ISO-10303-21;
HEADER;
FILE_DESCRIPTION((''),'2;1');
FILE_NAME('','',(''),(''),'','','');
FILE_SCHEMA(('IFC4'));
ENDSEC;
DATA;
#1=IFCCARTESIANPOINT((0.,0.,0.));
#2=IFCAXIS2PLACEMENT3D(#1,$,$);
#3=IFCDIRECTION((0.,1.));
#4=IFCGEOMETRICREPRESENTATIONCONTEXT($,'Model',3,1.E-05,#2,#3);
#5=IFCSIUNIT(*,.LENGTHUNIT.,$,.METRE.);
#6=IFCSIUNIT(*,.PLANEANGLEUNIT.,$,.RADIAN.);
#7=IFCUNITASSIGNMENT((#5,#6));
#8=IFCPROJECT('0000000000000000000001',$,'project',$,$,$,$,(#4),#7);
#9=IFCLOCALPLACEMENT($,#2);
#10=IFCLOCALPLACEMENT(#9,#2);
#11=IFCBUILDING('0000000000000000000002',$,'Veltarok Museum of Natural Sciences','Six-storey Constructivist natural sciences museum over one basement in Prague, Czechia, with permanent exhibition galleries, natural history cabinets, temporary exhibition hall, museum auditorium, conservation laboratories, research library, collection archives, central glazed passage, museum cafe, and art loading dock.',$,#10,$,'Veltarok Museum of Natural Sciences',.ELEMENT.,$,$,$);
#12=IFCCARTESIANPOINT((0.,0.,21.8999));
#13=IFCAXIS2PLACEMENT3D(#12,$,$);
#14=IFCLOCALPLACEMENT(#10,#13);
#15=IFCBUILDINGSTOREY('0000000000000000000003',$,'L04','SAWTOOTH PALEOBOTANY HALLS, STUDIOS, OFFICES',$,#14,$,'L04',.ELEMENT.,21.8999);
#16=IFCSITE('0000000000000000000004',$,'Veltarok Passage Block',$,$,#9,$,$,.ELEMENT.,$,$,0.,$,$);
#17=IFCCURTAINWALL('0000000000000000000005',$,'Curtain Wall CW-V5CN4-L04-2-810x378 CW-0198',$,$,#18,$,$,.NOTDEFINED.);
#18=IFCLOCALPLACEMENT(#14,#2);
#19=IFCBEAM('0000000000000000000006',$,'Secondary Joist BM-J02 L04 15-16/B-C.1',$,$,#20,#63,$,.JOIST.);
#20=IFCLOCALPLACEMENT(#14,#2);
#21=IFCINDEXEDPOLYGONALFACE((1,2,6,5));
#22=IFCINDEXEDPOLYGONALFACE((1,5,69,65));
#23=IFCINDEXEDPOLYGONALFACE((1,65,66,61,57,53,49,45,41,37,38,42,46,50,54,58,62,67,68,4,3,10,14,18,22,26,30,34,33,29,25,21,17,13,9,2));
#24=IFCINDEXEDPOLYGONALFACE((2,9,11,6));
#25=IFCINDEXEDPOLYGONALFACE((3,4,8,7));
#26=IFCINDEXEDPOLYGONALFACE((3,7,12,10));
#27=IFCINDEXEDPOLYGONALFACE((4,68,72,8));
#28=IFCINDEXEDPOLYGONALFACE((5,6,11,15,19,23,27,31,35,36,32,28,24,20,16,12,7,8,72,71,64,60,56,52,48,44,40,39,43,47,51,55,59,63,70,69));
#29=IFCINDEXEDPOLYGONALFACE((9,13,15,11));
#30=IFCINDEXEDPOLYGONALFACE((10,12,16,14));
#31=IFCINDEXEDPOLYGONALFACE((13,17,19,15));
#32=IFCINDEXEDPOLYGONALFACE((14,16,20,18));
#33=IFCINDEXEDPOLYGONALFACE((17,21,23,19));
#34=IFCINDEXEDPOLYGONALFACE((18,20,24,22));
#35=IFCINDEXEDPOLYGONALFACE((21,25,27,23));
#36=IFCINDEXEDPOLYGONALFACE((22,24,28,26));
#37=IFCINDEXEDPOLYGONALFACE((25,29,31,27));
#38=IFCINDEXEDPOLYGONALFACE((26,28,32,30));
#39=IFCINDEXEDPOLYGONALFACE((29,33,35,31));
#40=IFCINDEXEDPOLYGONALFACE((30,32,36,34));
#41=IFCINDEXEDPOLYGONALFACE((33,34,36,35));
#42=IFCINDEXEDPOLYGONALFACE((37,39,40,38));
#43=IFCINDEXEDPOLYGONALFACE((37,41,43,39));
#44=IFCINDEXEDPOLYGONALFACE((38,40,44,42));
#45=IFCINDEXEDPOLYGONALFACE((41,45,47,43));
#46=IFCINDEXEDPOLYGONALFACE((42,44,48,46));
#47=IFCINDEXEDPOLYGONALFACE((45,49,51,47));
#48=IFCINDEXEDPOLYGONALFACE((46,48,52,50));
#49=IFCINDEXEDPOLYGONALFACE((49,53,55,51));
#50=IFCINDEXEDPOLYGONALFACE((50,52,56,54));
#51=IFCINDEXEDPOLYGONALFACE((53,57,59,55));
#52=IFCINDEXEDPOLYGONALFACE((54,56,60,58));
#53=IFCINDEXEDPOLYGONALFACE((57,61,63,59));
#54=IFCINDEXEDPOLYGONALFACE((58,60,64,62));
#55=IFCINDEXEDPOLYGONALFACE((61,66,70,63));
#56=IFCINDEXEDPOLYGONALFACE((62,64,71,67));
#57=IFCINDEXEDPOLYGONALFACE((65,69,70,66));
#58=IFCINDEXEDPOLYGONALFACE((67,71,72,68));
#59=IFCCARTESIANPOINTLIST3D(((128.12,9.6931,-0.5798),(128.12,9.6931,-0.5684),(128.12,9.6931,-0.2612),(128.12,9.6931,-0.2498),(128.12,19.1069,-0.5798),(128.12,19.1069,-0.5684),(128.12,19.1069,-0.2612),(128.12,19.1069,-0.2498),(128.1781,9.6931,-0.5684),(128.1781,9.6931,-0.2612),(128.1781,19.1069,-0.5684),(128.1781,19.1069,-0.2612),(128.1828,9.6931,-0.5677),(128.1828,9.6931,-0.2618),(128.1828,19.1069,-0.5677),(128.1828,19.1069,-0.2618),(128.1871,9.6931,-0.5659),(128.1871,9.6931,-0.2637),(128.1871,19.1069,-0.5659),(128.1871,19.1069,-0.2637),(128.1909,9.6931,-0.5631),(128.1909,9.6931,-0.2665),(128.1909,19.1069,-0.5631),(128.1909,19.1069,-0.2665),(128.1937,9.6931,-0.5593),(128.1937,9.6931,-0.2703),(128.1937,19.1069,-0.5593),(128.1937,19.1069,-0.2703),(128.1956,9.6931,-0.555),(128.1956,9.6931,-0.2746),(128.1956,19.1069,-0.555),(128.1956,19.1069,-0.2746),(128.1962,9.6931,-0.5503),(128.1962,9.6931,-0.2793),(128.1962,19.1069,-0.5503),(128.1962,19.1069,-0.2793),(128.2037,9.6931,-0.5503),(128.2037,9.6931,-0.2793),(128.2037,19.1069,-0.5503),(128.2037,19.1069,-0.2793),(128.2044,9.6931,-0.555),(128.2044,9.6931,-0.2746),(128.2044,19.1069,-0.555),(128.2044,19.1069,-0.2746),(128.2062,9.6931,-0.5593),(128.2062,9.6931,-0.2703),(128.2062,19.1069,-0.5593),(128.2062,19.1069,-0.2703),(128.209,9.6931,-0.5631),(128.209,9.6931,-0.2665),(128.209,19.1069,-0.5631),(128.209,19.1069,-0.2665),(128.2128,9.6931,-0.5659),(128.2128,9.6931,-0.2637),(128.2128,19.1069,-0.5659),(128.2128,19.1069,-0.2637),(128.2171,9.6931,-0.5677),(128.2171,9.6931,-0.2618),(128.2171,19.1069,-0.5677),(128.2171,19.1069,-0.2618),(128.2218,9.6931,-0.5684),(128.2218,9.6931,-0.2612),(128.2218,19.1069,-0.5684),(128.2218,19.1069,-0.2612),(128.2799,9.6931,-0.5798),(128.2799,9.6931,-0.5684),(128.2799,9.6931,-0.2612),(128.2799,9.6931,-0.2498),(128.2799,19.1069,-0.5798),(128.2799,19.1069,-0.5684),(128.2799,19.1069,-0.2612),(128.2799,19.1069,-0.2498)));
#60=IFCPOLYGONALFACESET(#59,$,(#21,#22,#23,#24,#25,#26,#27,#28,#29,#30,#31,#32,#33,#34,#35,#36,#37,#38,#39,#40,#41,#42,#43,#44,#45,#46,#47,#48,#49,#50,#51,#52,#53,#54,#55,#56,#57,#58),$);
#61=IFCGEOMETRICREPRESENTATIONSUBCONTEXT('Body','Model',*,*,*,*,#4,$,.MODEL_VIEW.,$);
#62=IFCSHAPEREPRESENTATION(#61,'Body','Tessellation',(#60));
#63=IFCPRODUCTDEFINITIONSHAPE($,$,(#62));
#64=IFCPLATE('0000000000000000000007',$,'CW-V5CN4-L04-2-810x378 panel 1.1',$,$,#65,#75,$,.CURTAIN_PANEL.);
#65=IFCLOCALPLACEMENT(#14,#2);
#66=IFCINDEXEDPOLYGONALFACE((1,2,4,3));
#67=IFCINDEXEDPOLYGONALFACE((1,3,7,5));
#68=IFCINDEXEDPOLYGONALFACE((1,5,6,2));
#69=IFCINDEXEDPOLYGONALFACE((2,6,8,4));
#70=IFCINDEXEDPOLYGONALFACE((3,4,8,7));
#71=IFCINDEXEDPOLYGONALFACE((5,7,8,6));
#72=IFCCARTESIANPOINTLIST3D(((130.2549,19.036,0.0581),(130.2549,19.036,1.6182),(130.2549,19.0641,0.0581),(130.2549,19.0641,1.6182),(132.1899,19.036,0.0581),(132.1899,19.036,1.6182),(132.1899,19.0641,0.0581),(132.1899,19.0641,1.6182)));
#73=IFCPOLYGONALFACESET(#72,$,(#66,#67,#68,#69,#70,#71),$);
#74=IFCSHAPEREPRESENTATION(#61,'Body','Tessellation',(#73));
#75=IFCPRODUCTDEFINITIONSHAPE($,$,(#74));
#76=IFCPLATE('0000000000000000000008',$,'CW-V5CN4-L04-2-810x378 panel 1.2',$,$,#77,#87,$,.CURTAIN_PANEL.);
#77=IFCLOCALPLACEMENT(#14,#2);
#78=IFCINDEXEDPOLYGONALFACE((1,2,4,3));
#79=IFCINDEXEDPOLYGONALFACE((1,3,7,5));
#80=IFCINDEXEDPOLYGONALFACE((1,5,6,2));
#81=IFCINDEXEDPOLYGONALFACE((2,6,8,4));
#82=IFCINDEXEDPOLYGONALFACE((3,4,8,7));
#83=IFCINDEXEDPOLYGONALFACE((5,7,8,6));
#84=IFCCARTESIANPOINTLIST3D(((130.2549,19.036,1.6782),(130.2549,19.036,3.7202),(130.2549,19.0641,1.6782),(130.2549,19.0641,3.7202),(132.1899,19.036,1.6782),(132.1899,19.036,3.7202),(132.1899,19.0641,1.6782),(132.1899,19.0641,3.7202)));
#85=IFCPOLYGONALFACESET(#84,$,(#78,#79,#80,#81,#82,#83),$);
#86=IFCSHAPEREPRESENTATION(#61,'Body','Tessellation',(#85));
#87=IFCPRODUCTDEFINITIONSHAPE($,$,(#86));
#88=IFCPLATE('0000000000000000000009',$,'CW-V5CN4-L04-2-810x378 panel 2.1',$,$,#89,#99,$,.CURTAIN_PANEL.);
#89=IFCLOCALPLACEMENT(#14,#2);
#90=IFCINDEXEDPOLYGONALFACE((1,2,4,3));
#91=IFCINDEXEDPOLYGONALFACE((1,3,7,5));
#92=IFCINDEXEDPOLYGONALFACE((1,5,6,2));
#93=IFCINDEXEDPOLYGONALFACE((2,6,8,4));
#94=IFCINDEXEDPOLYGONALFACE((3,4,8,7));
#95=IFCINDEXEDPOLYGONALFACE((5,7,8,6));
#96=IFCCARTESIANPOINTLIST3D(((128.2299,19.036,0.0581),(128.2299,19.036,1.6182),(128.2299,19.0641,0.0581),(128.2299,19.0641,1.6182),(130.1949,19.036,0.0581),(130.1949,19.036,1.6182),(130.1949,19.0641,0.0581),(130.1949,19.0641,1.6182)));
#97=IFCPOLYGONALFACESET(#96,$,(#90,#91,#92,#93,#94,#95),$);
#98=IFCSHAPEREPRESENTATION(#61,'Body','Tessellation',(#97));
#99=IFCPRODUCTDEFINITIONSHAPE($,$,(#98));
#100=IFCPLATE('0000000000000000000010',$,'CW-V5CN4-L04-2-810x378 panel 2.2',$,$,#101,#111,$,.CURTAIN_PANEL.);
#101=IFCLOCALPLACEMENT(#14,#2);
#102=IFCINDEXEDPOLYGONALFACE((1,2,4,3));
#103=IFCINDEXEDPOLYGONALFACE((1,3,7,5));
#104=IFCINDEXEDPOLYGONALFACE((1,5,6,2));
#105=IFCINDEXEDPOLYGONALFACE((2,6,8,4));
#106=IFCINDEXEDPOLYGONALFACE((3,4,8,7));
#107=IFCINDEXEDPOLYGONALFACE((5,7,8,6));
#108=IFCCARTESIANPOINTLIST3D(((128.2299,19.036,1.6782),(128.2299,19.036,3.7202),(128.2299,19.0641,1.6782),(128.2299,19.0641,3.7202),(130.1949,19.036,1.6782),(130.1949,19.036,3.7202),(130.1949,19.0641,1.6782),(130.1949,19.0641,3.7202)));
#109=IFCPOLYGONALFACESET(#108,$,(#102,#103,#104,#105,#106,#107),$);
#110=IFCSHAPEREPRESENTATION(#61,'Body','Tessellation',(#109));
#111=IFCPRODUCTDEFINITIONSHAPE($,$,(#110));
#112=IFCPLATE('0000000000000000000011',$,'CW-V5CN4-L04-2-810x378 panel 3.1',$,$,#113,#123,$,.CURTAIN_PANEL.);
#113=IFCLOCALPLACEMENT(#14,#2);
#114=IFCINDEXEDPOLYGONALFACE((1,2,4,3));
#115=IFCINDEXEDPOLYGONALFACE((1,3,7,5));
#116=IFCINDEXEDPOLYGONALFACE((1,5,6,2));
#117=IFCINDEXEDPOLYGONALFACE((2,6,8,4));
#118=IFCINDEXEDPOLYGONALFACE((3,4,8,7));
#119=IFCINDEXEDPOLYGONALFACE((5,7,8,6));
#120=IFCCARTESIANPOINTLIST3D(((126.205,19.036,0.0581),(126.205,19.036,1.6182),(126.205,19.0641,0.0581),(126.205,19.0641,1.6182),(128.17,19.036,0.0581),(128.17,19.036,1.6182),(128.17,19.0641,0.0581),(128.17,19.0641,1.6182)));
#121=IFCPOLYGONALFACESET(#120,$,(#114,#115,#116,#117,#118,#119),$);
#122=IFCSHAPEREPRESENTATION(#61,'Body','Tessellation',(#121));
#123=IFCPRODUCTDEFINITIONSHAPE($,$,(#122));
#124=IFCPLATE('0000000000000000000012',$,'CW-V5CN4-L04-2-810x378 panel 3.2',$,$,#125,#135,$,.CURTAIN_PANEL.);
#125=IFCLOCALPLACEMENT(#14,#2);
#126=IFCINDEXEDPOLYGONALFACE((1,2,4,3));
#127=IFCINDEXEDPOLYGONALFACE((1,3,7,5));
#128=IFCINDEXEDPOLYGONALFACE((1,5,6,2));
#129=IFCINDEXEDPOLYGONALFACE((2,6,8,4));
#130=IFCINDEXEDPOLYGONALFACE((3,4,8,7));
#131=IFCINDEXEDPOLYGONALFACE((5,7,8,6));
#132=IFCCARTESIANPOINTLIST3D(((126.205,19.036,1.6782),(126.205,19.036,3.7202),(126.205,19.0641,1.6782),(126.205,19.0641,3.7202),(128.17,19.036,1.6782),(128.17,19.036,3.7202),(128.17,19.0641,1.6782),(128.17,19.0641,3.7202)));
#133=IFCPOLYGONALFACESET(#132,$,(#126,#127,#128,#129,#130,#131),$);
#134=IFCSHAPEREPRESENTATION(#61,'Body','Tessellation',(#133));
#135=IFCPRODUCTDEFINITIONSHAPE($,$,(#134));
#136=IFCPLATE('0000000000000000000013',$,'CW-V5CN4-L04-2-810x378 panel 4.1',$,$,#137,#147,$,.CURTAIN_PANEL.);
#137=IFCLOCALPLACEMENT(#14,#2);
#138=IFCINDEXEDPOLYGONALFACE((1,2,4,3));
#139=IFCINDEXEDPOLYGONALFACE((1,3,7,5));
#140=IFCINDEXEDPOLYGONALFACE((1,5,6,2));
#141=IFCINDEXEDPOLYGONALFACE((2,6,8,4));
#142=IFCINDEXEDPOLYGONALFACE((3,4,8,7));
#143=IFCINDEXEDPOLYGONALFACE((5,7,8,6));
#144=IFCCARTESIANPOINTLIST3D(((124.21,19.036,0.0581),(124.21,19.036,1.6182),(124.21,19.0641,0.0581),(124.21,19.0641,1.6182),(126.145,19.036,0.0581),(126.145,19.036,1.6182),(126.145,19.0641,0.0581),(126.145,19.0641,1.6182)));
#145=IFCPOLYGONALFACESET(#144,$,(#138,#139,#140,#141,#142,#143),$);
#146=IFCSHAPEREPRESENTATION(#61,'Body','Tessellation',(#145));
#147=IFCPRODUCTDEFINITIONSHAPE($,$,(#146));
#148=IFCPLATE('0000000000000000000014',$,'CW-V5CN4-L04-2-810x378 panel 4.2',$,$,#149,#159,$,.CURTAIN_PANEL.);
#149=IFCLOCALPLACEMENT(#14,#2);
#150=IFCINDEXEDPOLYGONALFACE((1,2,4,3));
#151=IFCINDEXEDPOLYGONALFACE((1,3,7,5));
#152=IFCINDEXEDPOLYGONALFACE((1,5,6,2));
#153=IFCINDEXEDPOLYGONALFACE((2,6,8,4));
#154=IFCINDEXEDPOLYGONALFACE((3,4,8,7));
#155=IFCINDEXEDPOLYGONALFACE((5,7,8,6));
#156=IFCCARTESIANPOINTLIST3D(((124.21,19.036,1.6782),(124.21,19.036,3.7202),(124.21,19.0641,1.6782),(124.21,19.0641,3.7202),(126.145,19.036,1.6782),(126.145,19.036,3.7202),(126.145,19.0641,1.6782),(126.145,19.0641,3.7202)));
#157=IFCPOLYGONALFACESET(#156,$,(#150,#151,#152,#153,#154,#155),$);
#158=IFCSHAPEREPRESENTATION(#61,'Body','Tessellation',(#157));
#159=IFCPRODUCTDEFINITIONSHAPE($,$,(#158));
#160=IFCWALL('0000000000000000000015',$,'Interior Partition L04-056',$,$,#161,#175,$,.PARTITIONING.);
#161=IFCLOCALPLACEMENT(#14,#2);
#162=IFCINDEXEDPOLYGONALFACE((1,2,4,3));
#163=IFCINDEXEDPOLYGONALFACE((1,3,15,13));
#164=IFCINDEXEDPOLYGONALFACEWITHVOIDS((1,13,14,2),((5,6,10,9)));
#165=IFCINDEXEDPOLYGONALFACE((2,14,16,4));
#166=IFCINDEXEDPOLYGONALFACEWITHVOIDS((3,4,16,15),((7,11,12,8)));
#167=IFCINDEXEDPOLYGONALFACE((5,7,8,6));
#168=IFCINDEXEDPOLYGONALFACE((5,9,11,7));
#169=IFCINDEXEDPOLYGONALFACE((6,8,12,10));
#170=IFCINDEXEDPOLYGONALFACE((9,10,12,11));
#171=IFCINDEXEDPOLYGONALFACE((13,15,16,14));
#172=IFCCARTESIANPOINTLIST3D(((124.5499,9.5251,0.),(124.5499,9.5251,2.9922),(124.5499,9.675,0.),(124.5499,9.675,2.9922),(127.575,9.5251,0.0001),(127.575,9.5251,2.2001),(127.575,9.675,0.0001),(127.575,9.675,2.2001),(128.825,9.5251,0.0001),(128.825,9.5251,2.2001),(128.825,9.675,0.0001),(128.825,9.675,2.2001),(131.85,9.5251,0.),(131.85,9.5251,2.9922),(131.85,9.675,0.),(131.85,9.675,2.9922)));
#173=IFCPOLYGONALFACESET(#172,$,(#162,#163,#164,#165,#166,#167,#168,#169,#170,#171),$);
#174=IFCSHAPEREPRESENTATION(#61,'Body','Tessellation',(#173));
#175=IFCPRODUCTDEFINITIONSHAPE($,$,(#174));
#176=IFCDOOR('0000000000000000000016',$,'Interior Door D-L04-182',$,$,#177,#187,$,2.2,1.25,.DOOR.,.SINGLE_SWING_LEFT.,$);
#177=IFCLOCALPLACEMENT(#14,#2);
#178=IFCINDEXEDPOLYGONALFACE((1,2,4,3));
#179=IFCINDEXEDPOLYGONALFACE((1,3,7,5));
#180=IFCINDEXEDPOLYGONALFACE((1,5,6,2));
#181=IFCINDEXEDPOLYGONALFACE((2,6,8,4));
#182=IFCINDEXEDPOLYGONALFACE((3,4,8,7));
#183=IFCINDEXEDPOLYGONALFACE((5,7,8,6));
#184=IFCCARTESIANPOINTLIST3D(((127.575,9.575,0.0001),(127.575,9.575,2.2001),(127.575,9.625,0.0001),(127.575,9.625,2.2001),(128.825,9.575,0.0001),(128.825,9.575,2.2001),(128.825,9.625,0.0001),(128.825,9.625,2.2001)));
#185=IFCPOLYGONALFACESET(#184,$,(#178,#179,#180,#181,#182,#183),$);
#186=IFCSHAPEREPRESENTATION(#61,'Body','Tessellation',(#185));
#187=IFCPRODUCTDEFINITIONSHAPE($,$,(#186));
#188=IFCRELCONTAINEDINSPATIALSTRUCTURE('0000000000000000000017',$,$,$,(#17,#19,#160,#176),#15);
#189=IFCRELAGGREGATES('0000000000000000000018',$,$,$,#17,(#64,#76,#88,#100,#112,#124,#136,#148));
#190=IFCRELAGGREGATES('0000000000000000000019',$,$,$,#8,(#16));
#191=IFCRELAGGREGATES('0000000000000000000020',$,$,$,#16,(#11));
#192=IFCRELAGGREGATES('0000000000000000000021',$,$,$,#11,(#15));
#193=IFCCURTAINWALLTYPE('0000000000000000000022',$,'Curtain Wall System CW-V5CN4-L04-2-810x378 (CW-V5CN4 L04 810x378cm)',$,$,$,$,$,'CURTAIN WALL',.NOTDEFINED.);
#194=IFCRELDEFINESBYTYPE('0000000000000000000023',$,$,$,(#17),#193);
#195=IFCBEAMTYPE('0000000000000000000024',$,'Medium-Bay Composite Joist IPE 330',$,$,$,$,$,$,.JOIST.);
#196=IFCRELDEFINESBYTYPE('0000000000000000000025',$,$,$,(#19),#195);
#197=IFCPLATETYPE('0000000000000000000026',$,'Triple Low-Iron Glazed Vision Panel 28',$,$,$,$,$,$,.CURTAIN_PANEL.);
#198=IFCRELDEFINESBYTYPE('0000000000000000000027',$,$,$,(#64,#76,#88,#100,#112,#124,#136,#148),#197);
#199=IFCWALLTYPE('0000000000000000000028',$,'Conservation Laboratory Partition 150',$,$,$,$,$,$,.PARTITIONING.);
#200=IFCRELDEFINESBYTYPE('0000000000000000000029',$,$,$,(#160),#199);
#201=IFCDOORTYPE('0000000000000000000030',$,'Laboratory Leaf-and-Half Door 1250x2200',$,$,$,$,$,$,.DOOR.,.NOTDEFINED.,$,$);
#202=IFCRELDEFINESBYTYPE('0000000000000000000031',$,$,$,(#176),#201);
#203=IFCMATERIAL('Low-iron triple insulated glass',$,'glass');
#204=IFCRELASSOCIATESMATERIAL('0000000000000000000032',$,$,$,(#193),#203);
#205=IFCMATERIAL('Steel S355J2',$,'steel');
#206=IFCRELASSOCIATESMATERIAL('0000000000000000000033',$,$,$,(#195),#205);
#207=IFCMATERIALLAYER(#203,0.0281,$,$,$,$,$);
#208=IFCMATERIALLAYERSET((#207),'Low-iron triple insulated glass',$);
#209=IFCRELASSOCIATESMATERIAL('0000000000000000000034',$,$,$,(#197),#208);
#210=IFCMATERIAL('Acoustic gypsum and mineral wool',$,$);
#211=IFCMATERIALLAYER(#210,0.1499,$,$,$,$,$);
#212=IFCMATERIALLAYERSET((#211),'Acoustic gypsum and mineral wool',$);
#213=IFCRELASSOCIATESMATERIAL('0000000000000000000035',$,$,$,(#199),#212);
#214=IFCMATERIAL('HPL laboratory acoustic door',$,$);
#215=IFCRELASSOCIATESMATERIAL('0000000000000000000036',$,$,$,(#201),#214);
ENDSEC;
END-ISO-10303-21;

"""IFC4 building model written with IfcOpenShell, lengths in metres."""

from ifc_helpers import new_model, si_unit, direction, frame, frame_2d, origin, origin_2d, place, context, subcontext, project, spatial, rectangle, i_section, extrude, material, layer, layer_set, material_profile, profile_set, type_object, element, fill, aggregate, save


model = new_model("IFC4")

# Units and contexts
model_context = context("Model", 3, precision=1e-05, world=origin(), true_north=direction((0.0, 1.0)))
body_context = subcontext(model_context, "Body", "Model", "MODEL_VIEW")
ifc_project = project(units=[si_unit("LENGTHUNIT", "METRE"), si_unit("PLANEANGLEUNIT", "RADIAN")], contexts=[model_context])

# Site, building, storey
site_placement = place(None, origin())
site = spatial("IfcSite", under=ifc_project, at=site_placement, Name="Veltarok Passage Block", CompositionType="ELEMENT", RefElevation=0.0)
building_placement = place(site_placement, origin())
building = spatial("IfcBuilding", under=site, at=building_placement, Name="Veltarok Museum of Natural Sciences", Description="Six-storey Constructivist natural sciences museum over one basement in Prague, Czechia, with permanent exhibition galleries, natural history cabinets, temporary exhibition hall, museum auditorium, conservation laboratories, research library, collection archives, central glazed passage, museum cafe, and art loading dock.", LongName="Veltarok Museum of Natural Sciences", CompositionType="ELEMENT")
storey_placement = place(building_placement, frame((0.0, 0.0, 21.8999)))
storey = spatial("IfcBuildingStorey", under=building, at=storey_placement, Name="L04", Description="SAWTOOTH PALEOBOTANY HALLS, STUDIOS, OFFICES", LongName="L04", CompositionType="ELEMENT", Elevation=21.8999)

# Curtain wall
ifc_material_1 = material(Name="Low-iron triple insulated glass", Category="glass")
curtain_wall_type = type_object("IfcCurtainWallType", Name="Curtain Wall System CW-V5CN4-L04-2-810x378 (CW-V5CN4 L04 810x378cm)", ElementType="CURTAIN WALL", PredefinedType="NOTDEFINED", material=ifc_material_1)
curtain_wall_placement = place(storey_placement, origin())
curtain_wall = element("IfcCurtainWall", 1, at=curtain_wall_placement, inside=storey, type_object=curtain_wall_type, Name="Curtain Wall CW-V5CN4-L04-2-810x378 CW-0198", PredefinedType="NOTDEFINED")

# Beam
ifc_material_2 = material(Name="Steel S355J2", Category="steel")
ifc_material_profile_1 = material_profile(ifc_material_2, i_section(OverallWidth=0.1599, OverallDepth=0.3301, WebThickness=0.0076, FlangeThickness=0.0115, FilletRadius=0.0181, at=origin_2d()), Name="IPE 330")
ifc_profile_set_1 = profile_set([ifc_material_profile_1], Name="Steel S355J2")
beam_type_1 = type_object("IfcBeamType", Name="Medium-Bay Composite Joist IPE 330", PredefinedType="JOIST", material=ifc_profile_set_1)
beam_1_placement = place(storey_placement, frame((128.2, 9.6931, -0.4148), z_axis=(0.0, 1.0, 0.0), x_axis=(-1.0, 0.0, 0.0)))
element("IfcBeam", 2, at=beam_1_placement, inside=storey, type_object=beam_type_1, Name="Secondary Joist BM-J02 L04 15-16/B-C.1", PredefinedType="JOIST", context=body_context, shape_type="SweptSolid", body=[
    extrude(i_section(OverallWidth=0.1599, OverallDepth=0.3301, WebThickness=0.0076, FlangeThickness=0.0115, FilletRadius=0.0181, at=origin_2d()), origin(), (0.0, 0.0, 1.0), 9.4138),
])

# Plates
ifc_layer_1 = layer(ifc_material_1, 0.0281)
ifc_layer_set_1 = layer_set([ifc_layer_1], Name="Low-iron triple insulated glass")
plate_type = type_object("IfcPlateType", Name="Triple Low-Iron Glazed Vision Panel 28", PredefinedType="CURTAIN_PANEL", material=ifc_layer_set_1)
plate_1_placement = place(storey_placement, frame((131.2224, 19.05, 0.0581), z_axis=(0.0, 0.0, 1.0), x_axis=(-1.0, 0.0, 0.0)))
plate_1 = element("IfcPlate", 3, at=plate_1_placement, type_object=plate_type, Name="CW-V5CN4-L04-2-810x378 panel 1.1", PredefinedType="CURTAIN_PANEL", context=body_context, shape_type="SweptSolid", body=[
    extrude(rectangle(XDim=1.9351, YDim=0.0281, at=origin_2d()), origin(), (0.0, 0.0, 1.0), 1.5601),
])
plate_2_placement = place(storey_placement, frame((131.2224, 19.05, 1.6782), z_axis=(0.0, 0.0, 1.0), x_axis=(-1.0, 0.0, 0.0)))
plate_2 = element("IfcPlate", 4, at=plate_2_placement, type_object=plate_type, Name="CW-V5CN4-L04-2-810x378 panel 1.2", PredefinedType="CURTAIN_PANEL", context=body_context, shape_type="SweptSolid", body=[
    extrude(rectangle(XDim=1.9351, YDim=0.0281, at=origin_2d()), origin(), (0.0, 0.0, 1.0), 2.042),
])
plate_3_placement = place(storey_placement, frame((129.2124, 19.05, 0.0581), z_axis=(0.0, 0.0, 1.0), x_axis=(-1.0, 0.0, 0.0)))
plate_3 = element("IfcPlate", 5, at=plate_3_placement, type_object=plate_type, Name="CW-V5CN4-L04-2-810x378 panel 2.1", PredefinedType="CURTAIN_PANEL", context=body_context, shape_type="SweptSolid", body=[
    extrude(rectangle(XDim=1.9651, YDim=0.0281, at=origin_2d()), origin(), (0.0, 0.0, 1.0), 1.5601),
])
plate_4_placement = place(storey_placement, frame((129.2124, 19.05, 1.6782), z_axis=(0.0, 0.0, 1.0), x_axis=(-1.0, 0.0, 0.0)))
plate_4 = element("IfcPlate", 6, at=plate_4_placement, type_object=plate_type, Name="CW-V5CN4-L04-2-810x378 panel 2.2", PredefinedType="CURTAIN_PANEL", context=body_context, shape_type="SweptSolid", body=[
    extrude(rectangle(XDim=1.9651, YDim=0.0281, at=origin_2d()), origin(), (0.0, 0.0, 1.0), 2.042),
])
plate_5_placement = place(storey_placement, frame((127.1875, 19.05, 0.0581), z_axis=(0.0, 0.0, 1.0), x_axis=(-1.0, 0.0, 0.0)))
plate_5 = element("IfcPlate", 7, at=plate_5_placement, type_object=plate_type, Name="CW-V5CN4-L04-2-810x378 panel 3.1", PredefinedType="CURTAIN_PANEL", context=body_context, shape_type="SweptSolid", body=[
    extrude(rectangle(XDim=1.9651, YDim=0.0281, at=origin_2d()), origin(), (0.0, 0.0, 1.0), 1.5601),
])
plate_6_placement = place(storey_placement, frame((127.1875, 19.05, 1.6782), z_axis=(0.0, 0.0, 1.0), x_axis=(-1.0, 0.0, 0.0)))
plate_6 = element("IfcPlate", 8, at=plate_6_placement, type_object=plate_type, Name="CW-V5CN4-L04-2-810x378 panel 3.2", PredefinedType="CURTAIN_PANEL", context=body_context, shape_type="SweptSolid", body=[
    extrude(rectangle(XDim=1.9651, YDim=0.0281, at=origin_2d()), origin(), (0.0, 0.0, 1.0), 2.042),
])
plate_7_placement = place(storey_placement, frame((125.1775, 19.05, 0.0581), z_axis=(0.0, 0.0, 1.0), x_axis=(-1.0, 0.0, 0.0)))
plate_7 = element("IfcPlate", 9, at=plate_7_placement, type_object=plate_type, Name="CW-V5CN4-L04-2-810x378 panel 4.1", PredefinedType="CURTAIN_PANEL", context=body_context, shape_type="SweptSolid", body=[
    extrude(rectangle(XDim=1.9351, YDim=0.0281, at=origin_2d()), origin(), (0.0, 0.0, 1.0), 1.5601),
])
plate_8_placement = place(storey_placement, frame((125.1775, 19.05, 1.6782), z_axis=(0.0, 0.0, 1.0), x_axis=(-1.0, 0.0, 0.0)))
plate_8 = element("IfcPlate", 10, at=plate_8_placement, type_object=plate_type, Name="CW-V5CN4-L04-2-810x378 panel 4.2", PredefinedType="CURTAIN_PANEL", context=body_context, shape_type="SweptSolid", body=[
    extrude(rectangle(XDim=1.9351, YDim=0.0281, at=origin_2d()), origin(), (0.0, 0.0, 1.0), 2.042),
])
aggregate(curtain_wall, [plate_1, plate_2, plate_3, plate_4, plate_5, plate_6, plate_7, plate_8])

# Wall, opening, door
ifc_material_3 = material(Name="Acoustic gypsum and mineral wool")
ifc_layer_2 = layer(ifc_material_3, 0.1499)
ifc_layer_set_2 = layer_set([ifc_layer_2], Name="Acoustic gypsum and mineral wool")
wall_type = type_object("IfcWallType", Name="Conservation Laboratory Partition 150", PredefinedType="PARTITIONING", material=ifc_layer_set_2)
wall_placement = place(storey_placement, frame((124.55, 9.6001, 0.0), z_axis=(0.0, 0.0, 1.0), x_axis=(1.0, 0.0, 0.0)))
wall = element("IfcWall", 11, at=wall_placement, inside=storey, type_object=wall_type, Name="Interior Partition L04-056", PredefinedType="PARTITIONING", context=body_context, shape_type="SweptSolid", body=[
    extrude(rectangle(XDim=7.3, YDim=0.1499, at=frame_2d((3.6499, 0.0))), origin(), (0.0, 0.0, 1.0), 2.9922),
])
opening_placement = place(wall_placement, frame((3.0249, 0.0, 0.0)))
opening = element("IfcOpeningElement", 12, at=opening_placement, cuts=wall, PredefinedType="OPENING", context=body_context, shape_type="SweptSolid", body=[
    extrude(rectangle(XDim=1.25, YDim=2.2, at=frame_2d((0.625, 1.1001))), frame((0.0, 0.085, 0.0), z_axis=(0.0, -1.0, 0.0), x_axis=(1.0, 0.0, 0.0)), (0.0, 0.0, 1.0), 0.1699),
])
ifc_material_4 = material(Name="HPL laboratory acoustic door")
door_type = type_object("IfcDoorType", Name="Laboratory Leaf-and-Half Door 1250x2200", OperationType="NOTDEFINED", PredefinedType="DOOR", material=ifc_material_4)
door_placement = place(opening_placement, origin())
door = element("IfcDoor", 13, at=door_placement, inside=storey, type_object=door_type, Name="Interior Door D-L04-182", OperationType="SINGLE_SWING_LEFT", OverallHeight=2.2, OverallWidth=1.25, PredefinedType="DOOR", context=body_context, shape_type="SweptSolid", body=[
    extrude(rectangle(XDim=1.25, YDim=2.2, at=frame_2d((0.625, 1.1001))), frame((0.0, 0.0249, 0.0), z_axis=(0.0, -1.0, 0.0), x_axis=(1.0, 0.0, 0.0)), (0.0, 0.0, 1.0), 0.05),
])
fill(opening, door)

save(model, "model.ifc")
